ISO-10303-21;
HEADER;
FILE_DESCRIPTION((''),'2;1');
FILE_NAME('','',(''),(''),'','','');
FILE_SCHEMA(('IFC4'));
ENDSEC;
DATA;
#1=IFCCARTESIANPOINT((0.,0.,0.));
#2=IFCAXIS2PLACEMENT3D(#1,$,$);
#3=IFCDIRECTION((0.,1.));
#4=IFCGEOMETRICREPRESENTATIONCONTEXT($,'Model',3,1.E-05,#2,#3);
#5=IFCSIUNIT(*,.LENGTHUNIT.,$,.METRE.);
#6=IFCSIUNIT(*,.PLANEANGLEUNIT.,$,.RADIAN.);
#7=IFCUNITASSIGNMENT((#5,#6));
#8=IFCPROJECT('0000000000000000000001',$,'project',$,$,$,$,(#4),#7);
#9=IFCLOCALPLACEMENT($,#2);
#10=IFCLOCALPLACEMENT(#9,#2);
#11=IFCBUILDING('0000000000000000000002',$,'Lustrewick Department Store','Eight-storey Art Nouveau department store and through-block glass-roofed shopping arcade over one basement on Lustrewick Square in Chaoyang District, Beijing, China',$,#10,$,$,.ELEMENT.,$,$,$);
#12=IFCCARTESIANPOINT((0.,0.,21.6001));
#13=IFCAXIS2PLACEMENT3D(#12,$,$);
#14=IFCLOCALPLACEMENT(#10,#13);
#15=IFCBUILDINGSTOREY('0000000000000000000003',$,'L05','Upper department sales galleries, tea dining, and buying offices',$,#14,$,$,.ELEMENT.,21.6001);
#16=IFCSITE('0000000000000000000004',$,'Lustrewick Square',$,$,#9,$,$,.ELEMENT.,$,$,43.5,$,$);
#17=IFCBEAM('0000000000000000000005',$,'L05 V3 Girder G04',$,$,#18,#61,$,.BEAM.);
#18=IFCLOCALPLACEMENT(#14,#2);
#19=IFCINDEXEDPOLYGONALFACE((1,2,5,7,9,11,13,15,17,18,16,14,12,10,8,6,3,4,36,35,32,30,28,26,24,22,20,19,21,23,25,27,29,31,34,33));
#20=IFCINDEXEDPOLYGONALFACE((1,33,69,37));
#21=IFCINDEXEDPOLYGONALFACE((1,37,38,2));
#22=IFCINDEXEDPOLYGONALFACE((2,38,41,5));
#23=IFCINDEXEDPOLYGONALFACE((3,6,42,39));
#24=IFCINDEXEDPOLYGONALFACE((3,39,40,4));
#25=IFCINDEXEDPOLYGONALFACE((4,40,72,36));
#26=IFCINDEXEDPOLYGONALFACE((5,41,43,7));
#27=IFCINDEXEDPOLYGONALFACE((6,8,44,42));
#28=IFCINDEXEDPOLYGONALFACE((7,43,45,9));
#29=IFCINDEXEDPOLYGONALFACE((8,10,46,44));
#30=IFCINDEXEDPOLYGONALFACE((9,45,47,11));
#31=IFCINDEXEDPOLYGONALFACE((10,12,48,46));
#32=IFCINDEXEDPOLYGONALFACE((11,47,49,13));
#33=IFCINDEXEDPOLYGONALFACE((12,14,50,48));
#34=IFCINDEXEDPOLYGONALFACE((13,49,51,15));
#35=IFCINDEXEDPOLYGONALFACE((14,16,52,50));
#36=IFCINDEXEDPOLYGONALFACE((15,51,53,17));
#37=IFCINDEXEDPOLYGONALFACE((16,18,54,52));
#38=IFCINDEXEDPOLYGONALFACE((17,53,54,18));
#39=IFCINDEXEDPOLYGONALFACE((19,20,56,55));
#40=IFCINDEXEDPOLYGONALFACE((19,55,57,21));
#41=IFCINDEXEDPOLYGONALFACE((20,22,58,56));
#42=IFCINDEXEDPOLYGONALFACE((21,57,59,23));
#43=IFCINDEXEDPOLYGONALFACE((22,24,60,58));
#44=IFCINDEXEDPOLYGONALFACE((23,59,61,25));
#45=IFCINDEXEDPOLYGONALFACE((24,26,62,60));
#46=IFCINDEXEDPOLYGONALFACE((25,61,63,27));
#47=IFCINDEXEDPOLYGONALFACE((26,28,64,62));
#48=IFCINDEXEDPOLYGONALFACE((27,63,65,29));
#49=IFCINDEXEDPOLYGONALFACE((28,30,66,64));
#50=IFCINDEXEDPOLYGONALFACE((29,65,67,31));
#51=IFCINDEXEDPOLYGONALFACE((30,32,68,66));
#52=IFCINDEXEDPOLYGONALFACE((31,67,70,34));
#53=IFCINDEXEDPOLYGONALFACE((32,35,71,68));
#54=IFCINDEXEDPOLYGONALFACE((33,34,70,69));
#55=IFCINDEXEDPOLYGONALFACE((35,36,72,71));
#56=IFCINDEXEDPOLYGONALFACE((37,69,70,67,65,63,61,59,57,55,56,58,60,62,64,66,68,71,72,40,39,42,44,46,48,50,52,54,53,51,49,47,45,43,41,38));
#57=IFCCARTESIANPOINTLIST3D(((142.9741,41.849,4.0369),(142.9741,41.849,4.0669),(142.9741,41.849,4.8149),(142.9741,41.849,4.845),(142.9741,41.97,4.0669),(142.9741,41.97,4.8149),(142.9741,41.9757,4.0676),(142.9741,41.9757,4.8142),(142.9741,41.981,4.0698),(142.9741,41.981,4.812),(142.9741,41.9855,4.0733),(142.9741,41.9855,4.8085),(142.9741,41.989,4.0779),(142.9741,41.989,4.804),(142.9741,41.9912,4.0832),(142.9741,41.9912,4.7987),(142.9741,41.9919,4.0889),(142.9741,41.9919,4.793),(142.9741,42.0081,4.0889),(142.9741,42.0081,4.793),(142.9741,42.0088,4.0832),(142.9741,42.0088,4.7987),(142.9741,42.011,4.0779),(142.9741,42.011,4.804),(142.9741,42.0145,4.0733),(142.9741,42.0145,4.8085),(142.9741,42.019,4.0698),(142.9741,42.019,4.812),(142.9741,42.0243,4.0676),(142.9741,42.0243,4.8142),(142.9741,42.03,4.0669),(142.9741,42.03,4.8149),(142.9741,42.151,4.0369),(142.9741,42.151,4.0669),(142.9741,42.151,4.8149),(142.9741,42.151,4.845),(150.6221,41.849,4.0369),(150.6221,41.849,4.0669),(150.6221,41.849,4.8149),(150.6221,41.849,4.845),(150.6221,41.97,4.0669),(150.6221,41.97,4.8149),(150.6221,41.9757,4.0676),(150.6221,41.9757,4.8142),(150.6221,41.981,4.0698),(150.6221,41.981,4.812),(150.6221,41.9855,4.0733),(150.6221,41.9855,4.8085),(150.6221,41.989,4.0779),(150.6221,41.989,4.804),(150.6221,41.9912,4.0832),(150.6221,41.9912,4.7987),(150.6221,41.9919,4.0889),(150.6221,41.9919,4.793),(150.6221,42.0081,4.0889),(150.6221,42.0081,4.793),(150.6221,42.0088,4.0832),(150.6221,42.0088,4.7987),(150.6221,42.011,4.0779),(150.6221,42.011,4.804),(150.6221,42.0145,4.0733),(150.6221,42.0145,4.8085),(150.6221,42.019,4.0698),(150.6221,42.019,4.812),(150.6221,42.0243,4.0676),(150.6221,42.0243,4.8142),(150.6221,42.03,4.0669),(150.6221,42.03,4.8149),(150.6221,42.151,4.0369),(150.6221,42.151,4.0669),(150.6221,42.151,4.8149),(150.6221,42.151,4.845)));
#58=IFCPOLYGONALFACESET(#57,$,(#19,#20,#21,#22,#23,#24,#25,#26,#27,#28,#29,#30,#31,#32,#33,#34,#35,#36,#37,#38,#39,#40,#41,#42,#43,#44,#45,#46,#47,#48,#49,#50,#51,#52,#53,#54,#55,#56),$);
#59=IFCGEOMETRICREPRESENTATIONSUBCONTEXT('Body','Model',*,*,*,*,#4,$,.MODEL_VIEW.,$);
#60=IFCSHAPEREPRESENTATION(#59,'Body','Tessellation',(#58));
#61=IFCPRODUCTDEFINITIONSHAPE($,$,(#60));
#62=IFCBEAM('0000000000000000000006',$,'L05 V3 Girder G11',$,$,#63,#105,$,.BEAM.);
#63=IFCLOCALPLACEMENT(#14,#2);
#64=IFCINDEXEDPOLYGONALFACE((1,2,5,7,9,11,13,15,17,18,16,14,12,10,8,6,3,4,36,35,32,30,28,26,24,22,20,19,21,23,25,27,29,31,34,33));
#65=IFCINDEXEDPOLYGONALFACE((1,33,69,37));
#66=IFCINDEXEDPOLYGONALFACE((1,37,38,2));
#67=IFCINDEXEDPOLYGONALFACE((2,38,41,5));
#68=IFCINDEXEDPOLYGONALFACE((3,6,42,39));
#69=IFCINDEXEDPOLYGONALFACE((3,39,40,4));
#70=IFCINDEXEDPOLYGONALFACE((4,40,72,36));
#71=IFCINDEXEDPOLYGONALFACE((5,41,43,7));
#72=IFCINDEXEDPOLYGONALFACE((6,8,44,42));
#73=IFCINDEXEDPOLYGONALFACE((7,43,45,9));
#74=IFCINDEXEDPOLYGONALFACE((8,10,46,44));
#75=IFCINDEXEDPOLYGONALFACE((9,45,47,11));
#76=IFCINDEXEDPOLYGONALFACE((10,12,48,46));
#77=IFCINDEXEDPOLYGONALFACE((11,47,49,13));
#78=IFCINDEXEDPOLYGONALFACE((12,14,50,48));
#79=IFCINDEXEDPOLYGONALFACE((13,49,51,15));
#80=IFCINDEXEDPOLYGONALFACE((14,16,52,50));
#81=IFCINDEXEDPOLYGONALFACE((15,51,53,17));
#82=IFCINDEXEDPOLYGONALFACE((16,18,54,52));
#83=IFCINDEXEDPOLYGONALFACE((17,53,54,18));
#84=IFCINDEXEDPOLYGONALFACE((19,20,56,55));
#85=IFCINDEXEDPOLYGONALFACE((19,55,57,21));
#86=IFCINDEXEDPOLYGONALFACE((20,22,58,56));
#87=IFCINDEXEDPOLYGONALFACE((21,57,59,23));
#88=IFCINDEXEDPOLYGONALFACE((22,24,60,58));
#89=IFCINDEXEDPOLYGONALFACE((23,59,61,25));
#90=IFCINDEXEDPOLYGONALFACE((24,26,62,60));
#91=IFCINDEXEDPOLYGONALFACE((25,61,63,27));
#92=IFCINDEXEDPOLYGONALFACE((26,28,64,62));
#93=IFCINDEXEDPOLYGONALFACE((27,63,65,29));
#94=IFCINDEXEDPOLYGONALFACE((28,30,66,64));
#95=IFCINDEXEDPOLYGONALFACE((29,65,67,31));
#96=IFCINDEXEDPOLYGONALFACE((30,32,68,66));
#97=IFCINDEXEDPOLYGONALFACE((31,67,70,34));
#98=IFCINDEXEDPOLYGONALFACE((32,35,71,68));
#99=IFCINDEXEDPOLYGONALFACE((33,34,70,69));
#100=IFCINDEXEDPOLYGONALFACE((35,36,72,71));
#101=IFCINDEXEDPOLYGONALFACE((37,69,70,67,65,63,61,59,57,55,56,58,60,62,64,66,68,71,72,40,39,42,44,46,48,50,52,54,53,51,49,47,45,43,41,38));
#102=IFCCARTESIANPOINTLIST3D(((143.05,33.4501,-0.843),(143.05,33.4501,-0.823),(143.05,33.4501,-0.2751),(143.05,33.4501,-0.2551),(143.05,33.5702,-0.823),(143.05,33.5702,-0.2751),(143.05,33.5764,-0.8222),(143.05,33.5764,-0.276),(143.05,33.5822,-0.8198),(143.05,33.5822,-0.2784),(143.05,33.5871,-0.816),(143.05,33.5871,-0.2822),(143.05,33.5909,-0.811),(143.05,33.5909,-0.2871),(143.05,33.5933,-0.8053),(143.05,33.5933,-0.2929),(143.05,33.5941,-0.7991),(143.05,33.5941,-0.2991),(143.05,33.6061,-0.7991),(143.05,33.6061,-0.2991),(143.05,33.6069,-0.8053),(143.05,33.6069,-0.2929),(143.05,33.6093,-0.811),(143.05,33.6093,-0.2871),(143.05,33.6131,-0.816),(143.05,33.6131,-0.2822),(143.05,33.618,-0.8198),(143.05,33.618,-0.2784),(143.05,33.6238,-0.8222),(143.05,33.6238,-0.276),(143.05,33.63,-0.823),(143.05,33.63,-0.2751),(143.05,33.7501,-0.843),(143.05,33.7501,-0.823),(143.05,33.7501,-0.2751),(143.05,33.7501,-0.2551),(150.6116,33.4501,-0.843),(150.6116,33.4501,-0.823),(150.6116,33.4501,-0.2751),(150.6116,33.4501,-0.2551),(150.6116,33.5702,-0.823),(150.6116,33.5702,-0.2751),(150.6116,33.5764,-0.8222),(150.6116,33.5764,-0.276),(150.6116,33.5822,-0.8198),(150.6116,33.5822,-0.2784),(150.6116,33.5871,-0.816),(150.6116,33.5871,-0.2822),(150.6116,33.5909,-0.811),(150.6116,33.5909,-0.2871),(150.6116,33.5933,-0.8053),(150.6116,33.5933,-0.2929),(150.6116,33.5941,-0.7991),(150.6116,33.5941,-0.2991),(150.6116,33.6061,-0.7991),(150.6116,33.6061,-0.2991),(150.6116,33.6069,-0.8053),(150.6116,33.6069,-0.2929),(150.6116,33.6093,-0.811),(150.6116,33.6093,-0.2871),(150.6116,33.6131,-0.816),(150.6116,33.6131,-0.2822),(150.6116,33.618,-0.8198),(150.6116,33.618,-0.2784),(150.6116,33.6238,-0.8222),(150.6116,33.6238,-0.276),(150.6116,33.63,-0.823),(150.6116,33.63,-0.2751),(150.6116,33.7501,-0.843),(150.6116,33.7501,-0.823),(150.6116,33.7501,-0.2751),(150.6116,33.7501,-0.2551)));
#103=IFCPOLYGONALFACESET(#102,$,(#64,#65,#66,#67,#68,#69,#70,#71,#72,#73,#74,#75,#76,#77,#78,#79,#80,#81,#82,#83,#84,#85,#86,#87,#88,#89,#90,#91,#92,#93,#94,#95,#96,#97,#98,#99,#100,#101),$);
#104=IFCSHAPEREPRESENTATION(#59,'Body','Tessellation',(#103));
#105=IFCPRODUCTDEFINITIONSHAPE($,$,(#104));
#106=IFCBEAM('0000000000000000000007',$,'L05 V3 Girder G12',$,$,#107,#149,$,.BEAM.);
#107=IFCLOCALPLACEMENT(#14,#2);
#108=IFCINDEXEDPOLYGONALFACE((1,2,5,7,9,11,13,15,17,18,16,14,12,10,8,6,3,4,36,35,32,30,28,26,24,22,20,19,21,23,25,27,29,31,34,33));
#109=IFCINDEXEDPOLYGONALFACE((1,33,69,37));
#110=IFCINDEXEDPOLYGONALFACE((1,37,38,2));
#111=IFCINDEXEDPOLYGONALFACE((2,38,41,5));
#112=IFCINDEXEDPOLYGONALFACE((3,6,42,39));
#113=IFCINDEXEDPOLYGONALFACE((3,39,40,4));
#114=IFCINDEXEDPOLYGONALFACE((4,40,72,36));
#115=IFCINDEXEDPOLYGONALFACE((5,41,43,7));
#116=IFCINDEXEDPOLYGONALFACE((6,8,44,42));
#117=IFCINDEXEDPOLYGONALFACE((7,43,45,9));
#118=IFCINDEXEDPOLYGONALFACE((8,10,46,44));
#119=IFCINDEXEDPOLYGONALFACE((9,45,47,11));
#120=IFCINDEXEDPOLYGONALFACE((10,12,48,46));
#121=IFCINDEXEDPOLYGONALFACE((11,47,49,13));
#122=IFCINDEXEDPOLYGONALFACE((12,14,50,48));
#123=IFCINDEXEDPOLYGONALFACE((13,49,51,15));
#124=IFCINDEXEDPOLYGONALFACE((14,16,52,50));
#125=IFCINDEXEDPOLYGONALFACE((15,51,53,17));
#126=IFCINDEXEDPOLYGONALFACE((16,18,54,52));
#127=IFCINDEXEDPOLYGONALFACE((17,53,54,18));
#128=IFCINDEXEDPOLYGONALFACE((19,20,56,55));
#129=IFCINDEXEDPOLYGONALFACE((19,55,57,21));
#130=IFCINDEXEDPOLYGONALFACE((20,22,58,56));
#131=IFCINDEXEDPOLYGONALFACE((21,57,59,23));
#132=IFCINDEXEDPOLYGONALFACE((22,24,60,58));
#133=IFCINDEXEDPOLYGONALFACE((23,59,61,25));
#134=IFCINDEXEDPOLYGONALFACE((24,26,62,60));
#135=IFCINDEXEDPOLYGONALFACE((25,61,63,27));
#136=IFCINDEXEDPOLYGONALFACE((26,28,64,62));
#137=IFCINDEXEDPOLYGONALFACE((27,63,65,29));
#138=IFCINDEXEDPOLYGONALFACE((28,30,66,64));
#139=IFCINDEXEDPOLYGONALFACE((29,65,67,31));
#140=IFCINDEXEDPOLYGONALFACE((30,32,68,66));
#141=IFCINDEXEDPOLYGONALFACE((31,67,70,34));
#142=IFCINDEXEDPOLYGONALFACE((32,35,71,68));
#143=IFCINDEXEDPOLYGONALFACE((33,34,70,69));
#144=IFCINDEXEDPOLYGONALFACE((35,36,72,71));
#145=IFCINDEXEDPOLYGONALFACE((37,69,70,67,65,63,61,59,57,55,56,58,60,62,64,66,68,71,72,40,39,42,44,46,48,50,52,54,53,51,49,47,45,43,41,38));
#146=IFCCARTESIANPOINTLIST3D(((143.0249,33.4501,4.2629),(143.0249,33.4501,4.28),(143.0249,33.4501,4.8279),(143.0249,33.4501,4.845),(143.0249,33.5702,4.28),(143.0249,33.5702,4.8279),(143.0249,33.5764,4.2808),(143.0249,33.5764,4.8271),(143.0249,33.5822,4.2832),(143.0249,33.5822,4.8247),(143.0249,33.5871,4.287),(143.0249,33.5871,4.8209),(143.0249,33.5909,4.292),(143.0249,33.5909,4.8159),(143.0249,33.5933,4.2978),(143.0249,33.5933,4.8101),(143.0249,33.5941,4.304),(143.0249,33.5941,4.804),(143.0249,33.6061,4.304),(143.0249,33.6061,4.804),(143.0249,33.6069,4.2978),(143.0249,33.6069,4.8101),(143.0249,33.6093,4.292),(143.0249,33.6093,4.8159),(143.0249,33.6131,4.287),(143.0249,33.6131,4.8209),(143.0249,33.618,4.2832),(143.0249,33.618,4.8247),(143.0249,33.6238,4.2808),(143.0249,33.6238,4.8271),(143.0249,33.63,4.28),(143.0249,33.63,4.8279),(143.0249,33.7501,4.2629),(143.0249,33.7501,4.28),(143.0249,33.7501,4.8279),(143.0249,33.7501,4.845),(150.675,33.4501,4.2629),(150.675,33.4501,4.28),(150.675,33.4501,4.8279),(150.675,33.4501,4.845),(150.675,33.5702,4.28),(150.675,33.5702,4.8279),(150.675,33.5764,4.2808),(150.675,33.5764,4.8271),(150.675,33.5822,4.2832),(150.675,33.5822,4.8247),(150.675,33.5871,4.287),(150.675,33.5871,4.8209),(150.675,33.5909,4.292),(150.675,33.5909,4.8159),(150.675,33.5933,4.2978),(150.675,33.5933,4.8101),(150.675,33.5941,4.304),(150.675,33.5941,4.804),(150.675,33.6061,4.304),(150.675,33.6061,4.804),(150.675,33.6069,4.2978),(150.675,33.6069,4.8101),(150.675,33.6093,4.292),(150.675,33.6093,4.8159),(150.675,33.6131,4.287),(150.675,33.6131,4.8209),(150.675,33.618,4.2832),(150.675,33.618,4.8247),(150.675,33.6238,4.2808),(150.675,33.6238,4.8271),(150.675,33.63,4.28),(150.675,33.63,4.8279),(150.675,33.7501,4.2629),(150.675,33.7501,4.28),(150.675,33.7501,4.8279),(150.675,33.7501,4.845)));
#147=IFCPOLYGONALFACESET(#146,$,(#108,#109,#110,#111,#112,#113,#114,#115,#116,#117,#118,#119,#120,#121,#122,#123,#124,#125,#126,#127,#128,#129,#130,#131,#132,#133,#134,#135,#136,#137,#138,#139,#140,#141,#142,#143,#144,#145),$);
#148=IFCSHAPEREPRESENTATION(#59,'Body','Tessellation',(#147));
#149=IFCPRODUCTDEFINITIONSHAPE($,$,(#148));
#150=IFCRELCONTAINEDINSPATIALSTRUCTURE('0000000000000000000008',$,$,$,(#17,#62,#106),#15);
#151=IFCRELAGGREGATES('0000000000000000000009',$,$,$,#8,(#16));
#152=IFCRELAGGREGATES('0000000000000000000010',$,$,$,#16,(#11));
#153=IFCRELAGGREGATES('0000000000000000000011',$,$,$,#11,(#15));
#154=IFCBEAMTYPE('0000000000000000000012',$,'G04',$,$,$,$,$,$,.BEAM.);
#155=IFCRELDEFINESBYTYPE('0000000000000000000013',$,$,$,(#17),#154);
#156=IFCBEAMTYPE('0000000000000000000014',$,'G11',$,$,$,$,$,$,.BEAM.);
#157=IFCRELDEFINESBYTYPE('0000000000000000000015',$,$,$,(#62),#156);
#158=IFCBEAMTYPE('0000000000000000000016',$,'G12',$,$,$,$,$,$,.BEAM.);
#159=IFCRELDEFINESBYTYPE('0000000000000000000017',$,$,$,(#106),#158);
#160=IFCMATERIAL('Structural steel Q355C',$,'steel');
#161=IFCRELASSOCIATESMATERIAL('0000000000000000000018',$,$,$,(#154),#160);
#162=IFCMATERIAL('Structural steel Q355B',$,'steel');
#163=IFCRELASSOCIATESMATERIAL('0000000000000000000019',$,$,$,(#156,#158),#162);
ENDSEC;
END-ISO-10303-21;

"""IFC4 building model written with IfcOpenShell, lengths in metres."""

from ifc_helpers import new_model, si_unit, direction, frame, origin, origin_2d, place, context, subcontext, project, spatial, i_section, extrude, material, material_profile, profile_set, type_object, element, save


model = new_model("IFC4")

# Units and contexts
model_context = context("Model", 3, precision=1e-05, world=origin(), true_north=direction((0.0, 1.0)))
body_context = subcontext(model_context, "Body", "Model", "MODEL_VIEW")
ifc_project = project(units=[si_unit("LENGTHUNIT", "METRE"), si_unit("PLANEANGLEUNIT", "RADIAN")], contexts=[model_context])

# Site, building, storey
site_placement = place(None, origin())
site = spatial("IfcSite", under=ifc_project, at=site_placement, Name="Lustrewick Square", CompositionType="ELEMENT", RefElevation=43.5)
building_placement = place(site_placement, origin())
building = spatial("IfcBuilding", under=site, at=building_placement, Name="Lustrewick Department Store", Description="Eight-storey Art Nouveau department store and through-block glass-roofed shopping arcade over one basement on Lustrewick Square in Chaoyang District, Beijing, China", CompositionType="ELEMENT")
storey_placement = place(building_placement, frame((0.0, 0.0, 21.6001)))
storey = spatial("IfcBuildingStorey", under=building, at=storey_placement, Name="L05", Description="Upper department sales galleries, tea dining, and buying offices", CompositionType="ELEMENT", Elevation=21.6001)

# Shared definitions
ifc_material_1 = material(Name="Structural steel Q355B", Category="steel")

# Beams
ifc_material_2 = material(Name="Structural steel Q355C", Category="steel")
ifc_material_profile_1 = material_profile(ifc_material_2, i_section(OverallWidth=0.302, OverallDepth=0.8081, WebThickness=0.0161, FlangeThickness=0.03, FilletRadius=0.022, at=origin_2d()), Name="HN 808x302x16x30")
ifc_profile_set_1 = profile_set([ifc_material_profile_1], Name="Structural steel Q355C")
beam_type_1 = type_object("IfcBeamType", Name="G04", PredefinedType="BEAM", material=ifc_profile_set_1)
beam_1_placement = place(storey_placement, frame((142.9741, 42.0, 4.4409), z_axis=(1.0, 0.0, 0.0), x_axis=(0.0, 1.0, 0.0)))
element("IfcBeam", 1, at=beam_1_placement, inside=storey, type_object=beam_type_1, Name="L05 V3 Girder G04", PredefinedType="BEAM", context=body_context, shape_type="SweptSolid", body=[
    extrude(i_section(OverallWidth=0.302, OverallDepth=0.8081, WebThickness=0.0161, FlangeThickness=0.03, FilletRadius=0.022, at=origin_2d()), origin(), (0.0, 0.0, 1.0), 7.6479),
])
ifc_material_profile_2 = material_profile(ifc_material_1, i_section(OverallWidth=0.3, OverallDepth=0.5879, WebThickness=0.012, FlangeThickness=0.02, FilletRadius=0.0239, at=origin_2d()), Name="HM 588x300x12x20")
ifc_profile_set_2 = profile_set([ifc_material_profile_2], Name="Structural steel Q355B")
beam_type_2 = type_object("IfcBeamType", Name="G11", PredefinedType="BEAM", material=ifc_profile_set_2)
beam_2_placement = place(storey_placement, frame((143.05, 33.6001, -0.5491), z_axis=(1.0, 0.0, 0.0), x_axis=(0.0, 1.0, 0.0)))
element("IfcBeam", 2, at=beam_2_placement, inside=storey, type_object=beam_type_2, Name="L05 V3 Girder G11", PredefinedType="BEAM", context=body_context, shape_type="SweptSolid", body=[
    extrude(i_section(OverallWidth=0.3, OverallDepth=0.5879, WebThickness=0.012, FlangeThickness=0.02, FilletRadius=0.0239, at=origin_2d()), origin(), (0.0, 0.0, 1.0), 7.5615),
])
ifc_material_profile_3 = material_profile(ifc_material_1, i_section(OverallWidth=0.3, OverallDepth=0.582, WebThickness=0.012, FlangeThickness=0.0171, FilletRadius=0.0239, at=origin_2d()), Name="HM 582x300x12x17")
ifc_profile_set_3 = profile_set([ifc_material_profile_3], Name="Structural steel Q355B")
beam_type_3 = type_object("IfcBeamType", Name="G12", PredefinedType="BEAM", material=ifc_profile_set_3)
beam_3_placement = place(storey_placement, frame((143.0249, 33.6001, 4.554), z_axis=(1.0, 0.0, 0.0), x_axis=(0.0, 1.0, 0.0)))
element("IfcBeam", 3, at=beam_3_placement, inside=storey, type_object=beam_type_3, Name="L05 V3 Girder G12", PredefinedType="BEAM", context=body_context, shape_type="SweptSolid", body=[
    extrude(i_section(OverallWidth=0.3, OverallDepth=0.582, WebThickness=0.012, FlangeThickness=0.0171, FilletRadius=0.0239, at=origin_2d()), origin(), (0.0, 0.0, 1.0), 7.6501),
])

save(model, "model.ifc")
